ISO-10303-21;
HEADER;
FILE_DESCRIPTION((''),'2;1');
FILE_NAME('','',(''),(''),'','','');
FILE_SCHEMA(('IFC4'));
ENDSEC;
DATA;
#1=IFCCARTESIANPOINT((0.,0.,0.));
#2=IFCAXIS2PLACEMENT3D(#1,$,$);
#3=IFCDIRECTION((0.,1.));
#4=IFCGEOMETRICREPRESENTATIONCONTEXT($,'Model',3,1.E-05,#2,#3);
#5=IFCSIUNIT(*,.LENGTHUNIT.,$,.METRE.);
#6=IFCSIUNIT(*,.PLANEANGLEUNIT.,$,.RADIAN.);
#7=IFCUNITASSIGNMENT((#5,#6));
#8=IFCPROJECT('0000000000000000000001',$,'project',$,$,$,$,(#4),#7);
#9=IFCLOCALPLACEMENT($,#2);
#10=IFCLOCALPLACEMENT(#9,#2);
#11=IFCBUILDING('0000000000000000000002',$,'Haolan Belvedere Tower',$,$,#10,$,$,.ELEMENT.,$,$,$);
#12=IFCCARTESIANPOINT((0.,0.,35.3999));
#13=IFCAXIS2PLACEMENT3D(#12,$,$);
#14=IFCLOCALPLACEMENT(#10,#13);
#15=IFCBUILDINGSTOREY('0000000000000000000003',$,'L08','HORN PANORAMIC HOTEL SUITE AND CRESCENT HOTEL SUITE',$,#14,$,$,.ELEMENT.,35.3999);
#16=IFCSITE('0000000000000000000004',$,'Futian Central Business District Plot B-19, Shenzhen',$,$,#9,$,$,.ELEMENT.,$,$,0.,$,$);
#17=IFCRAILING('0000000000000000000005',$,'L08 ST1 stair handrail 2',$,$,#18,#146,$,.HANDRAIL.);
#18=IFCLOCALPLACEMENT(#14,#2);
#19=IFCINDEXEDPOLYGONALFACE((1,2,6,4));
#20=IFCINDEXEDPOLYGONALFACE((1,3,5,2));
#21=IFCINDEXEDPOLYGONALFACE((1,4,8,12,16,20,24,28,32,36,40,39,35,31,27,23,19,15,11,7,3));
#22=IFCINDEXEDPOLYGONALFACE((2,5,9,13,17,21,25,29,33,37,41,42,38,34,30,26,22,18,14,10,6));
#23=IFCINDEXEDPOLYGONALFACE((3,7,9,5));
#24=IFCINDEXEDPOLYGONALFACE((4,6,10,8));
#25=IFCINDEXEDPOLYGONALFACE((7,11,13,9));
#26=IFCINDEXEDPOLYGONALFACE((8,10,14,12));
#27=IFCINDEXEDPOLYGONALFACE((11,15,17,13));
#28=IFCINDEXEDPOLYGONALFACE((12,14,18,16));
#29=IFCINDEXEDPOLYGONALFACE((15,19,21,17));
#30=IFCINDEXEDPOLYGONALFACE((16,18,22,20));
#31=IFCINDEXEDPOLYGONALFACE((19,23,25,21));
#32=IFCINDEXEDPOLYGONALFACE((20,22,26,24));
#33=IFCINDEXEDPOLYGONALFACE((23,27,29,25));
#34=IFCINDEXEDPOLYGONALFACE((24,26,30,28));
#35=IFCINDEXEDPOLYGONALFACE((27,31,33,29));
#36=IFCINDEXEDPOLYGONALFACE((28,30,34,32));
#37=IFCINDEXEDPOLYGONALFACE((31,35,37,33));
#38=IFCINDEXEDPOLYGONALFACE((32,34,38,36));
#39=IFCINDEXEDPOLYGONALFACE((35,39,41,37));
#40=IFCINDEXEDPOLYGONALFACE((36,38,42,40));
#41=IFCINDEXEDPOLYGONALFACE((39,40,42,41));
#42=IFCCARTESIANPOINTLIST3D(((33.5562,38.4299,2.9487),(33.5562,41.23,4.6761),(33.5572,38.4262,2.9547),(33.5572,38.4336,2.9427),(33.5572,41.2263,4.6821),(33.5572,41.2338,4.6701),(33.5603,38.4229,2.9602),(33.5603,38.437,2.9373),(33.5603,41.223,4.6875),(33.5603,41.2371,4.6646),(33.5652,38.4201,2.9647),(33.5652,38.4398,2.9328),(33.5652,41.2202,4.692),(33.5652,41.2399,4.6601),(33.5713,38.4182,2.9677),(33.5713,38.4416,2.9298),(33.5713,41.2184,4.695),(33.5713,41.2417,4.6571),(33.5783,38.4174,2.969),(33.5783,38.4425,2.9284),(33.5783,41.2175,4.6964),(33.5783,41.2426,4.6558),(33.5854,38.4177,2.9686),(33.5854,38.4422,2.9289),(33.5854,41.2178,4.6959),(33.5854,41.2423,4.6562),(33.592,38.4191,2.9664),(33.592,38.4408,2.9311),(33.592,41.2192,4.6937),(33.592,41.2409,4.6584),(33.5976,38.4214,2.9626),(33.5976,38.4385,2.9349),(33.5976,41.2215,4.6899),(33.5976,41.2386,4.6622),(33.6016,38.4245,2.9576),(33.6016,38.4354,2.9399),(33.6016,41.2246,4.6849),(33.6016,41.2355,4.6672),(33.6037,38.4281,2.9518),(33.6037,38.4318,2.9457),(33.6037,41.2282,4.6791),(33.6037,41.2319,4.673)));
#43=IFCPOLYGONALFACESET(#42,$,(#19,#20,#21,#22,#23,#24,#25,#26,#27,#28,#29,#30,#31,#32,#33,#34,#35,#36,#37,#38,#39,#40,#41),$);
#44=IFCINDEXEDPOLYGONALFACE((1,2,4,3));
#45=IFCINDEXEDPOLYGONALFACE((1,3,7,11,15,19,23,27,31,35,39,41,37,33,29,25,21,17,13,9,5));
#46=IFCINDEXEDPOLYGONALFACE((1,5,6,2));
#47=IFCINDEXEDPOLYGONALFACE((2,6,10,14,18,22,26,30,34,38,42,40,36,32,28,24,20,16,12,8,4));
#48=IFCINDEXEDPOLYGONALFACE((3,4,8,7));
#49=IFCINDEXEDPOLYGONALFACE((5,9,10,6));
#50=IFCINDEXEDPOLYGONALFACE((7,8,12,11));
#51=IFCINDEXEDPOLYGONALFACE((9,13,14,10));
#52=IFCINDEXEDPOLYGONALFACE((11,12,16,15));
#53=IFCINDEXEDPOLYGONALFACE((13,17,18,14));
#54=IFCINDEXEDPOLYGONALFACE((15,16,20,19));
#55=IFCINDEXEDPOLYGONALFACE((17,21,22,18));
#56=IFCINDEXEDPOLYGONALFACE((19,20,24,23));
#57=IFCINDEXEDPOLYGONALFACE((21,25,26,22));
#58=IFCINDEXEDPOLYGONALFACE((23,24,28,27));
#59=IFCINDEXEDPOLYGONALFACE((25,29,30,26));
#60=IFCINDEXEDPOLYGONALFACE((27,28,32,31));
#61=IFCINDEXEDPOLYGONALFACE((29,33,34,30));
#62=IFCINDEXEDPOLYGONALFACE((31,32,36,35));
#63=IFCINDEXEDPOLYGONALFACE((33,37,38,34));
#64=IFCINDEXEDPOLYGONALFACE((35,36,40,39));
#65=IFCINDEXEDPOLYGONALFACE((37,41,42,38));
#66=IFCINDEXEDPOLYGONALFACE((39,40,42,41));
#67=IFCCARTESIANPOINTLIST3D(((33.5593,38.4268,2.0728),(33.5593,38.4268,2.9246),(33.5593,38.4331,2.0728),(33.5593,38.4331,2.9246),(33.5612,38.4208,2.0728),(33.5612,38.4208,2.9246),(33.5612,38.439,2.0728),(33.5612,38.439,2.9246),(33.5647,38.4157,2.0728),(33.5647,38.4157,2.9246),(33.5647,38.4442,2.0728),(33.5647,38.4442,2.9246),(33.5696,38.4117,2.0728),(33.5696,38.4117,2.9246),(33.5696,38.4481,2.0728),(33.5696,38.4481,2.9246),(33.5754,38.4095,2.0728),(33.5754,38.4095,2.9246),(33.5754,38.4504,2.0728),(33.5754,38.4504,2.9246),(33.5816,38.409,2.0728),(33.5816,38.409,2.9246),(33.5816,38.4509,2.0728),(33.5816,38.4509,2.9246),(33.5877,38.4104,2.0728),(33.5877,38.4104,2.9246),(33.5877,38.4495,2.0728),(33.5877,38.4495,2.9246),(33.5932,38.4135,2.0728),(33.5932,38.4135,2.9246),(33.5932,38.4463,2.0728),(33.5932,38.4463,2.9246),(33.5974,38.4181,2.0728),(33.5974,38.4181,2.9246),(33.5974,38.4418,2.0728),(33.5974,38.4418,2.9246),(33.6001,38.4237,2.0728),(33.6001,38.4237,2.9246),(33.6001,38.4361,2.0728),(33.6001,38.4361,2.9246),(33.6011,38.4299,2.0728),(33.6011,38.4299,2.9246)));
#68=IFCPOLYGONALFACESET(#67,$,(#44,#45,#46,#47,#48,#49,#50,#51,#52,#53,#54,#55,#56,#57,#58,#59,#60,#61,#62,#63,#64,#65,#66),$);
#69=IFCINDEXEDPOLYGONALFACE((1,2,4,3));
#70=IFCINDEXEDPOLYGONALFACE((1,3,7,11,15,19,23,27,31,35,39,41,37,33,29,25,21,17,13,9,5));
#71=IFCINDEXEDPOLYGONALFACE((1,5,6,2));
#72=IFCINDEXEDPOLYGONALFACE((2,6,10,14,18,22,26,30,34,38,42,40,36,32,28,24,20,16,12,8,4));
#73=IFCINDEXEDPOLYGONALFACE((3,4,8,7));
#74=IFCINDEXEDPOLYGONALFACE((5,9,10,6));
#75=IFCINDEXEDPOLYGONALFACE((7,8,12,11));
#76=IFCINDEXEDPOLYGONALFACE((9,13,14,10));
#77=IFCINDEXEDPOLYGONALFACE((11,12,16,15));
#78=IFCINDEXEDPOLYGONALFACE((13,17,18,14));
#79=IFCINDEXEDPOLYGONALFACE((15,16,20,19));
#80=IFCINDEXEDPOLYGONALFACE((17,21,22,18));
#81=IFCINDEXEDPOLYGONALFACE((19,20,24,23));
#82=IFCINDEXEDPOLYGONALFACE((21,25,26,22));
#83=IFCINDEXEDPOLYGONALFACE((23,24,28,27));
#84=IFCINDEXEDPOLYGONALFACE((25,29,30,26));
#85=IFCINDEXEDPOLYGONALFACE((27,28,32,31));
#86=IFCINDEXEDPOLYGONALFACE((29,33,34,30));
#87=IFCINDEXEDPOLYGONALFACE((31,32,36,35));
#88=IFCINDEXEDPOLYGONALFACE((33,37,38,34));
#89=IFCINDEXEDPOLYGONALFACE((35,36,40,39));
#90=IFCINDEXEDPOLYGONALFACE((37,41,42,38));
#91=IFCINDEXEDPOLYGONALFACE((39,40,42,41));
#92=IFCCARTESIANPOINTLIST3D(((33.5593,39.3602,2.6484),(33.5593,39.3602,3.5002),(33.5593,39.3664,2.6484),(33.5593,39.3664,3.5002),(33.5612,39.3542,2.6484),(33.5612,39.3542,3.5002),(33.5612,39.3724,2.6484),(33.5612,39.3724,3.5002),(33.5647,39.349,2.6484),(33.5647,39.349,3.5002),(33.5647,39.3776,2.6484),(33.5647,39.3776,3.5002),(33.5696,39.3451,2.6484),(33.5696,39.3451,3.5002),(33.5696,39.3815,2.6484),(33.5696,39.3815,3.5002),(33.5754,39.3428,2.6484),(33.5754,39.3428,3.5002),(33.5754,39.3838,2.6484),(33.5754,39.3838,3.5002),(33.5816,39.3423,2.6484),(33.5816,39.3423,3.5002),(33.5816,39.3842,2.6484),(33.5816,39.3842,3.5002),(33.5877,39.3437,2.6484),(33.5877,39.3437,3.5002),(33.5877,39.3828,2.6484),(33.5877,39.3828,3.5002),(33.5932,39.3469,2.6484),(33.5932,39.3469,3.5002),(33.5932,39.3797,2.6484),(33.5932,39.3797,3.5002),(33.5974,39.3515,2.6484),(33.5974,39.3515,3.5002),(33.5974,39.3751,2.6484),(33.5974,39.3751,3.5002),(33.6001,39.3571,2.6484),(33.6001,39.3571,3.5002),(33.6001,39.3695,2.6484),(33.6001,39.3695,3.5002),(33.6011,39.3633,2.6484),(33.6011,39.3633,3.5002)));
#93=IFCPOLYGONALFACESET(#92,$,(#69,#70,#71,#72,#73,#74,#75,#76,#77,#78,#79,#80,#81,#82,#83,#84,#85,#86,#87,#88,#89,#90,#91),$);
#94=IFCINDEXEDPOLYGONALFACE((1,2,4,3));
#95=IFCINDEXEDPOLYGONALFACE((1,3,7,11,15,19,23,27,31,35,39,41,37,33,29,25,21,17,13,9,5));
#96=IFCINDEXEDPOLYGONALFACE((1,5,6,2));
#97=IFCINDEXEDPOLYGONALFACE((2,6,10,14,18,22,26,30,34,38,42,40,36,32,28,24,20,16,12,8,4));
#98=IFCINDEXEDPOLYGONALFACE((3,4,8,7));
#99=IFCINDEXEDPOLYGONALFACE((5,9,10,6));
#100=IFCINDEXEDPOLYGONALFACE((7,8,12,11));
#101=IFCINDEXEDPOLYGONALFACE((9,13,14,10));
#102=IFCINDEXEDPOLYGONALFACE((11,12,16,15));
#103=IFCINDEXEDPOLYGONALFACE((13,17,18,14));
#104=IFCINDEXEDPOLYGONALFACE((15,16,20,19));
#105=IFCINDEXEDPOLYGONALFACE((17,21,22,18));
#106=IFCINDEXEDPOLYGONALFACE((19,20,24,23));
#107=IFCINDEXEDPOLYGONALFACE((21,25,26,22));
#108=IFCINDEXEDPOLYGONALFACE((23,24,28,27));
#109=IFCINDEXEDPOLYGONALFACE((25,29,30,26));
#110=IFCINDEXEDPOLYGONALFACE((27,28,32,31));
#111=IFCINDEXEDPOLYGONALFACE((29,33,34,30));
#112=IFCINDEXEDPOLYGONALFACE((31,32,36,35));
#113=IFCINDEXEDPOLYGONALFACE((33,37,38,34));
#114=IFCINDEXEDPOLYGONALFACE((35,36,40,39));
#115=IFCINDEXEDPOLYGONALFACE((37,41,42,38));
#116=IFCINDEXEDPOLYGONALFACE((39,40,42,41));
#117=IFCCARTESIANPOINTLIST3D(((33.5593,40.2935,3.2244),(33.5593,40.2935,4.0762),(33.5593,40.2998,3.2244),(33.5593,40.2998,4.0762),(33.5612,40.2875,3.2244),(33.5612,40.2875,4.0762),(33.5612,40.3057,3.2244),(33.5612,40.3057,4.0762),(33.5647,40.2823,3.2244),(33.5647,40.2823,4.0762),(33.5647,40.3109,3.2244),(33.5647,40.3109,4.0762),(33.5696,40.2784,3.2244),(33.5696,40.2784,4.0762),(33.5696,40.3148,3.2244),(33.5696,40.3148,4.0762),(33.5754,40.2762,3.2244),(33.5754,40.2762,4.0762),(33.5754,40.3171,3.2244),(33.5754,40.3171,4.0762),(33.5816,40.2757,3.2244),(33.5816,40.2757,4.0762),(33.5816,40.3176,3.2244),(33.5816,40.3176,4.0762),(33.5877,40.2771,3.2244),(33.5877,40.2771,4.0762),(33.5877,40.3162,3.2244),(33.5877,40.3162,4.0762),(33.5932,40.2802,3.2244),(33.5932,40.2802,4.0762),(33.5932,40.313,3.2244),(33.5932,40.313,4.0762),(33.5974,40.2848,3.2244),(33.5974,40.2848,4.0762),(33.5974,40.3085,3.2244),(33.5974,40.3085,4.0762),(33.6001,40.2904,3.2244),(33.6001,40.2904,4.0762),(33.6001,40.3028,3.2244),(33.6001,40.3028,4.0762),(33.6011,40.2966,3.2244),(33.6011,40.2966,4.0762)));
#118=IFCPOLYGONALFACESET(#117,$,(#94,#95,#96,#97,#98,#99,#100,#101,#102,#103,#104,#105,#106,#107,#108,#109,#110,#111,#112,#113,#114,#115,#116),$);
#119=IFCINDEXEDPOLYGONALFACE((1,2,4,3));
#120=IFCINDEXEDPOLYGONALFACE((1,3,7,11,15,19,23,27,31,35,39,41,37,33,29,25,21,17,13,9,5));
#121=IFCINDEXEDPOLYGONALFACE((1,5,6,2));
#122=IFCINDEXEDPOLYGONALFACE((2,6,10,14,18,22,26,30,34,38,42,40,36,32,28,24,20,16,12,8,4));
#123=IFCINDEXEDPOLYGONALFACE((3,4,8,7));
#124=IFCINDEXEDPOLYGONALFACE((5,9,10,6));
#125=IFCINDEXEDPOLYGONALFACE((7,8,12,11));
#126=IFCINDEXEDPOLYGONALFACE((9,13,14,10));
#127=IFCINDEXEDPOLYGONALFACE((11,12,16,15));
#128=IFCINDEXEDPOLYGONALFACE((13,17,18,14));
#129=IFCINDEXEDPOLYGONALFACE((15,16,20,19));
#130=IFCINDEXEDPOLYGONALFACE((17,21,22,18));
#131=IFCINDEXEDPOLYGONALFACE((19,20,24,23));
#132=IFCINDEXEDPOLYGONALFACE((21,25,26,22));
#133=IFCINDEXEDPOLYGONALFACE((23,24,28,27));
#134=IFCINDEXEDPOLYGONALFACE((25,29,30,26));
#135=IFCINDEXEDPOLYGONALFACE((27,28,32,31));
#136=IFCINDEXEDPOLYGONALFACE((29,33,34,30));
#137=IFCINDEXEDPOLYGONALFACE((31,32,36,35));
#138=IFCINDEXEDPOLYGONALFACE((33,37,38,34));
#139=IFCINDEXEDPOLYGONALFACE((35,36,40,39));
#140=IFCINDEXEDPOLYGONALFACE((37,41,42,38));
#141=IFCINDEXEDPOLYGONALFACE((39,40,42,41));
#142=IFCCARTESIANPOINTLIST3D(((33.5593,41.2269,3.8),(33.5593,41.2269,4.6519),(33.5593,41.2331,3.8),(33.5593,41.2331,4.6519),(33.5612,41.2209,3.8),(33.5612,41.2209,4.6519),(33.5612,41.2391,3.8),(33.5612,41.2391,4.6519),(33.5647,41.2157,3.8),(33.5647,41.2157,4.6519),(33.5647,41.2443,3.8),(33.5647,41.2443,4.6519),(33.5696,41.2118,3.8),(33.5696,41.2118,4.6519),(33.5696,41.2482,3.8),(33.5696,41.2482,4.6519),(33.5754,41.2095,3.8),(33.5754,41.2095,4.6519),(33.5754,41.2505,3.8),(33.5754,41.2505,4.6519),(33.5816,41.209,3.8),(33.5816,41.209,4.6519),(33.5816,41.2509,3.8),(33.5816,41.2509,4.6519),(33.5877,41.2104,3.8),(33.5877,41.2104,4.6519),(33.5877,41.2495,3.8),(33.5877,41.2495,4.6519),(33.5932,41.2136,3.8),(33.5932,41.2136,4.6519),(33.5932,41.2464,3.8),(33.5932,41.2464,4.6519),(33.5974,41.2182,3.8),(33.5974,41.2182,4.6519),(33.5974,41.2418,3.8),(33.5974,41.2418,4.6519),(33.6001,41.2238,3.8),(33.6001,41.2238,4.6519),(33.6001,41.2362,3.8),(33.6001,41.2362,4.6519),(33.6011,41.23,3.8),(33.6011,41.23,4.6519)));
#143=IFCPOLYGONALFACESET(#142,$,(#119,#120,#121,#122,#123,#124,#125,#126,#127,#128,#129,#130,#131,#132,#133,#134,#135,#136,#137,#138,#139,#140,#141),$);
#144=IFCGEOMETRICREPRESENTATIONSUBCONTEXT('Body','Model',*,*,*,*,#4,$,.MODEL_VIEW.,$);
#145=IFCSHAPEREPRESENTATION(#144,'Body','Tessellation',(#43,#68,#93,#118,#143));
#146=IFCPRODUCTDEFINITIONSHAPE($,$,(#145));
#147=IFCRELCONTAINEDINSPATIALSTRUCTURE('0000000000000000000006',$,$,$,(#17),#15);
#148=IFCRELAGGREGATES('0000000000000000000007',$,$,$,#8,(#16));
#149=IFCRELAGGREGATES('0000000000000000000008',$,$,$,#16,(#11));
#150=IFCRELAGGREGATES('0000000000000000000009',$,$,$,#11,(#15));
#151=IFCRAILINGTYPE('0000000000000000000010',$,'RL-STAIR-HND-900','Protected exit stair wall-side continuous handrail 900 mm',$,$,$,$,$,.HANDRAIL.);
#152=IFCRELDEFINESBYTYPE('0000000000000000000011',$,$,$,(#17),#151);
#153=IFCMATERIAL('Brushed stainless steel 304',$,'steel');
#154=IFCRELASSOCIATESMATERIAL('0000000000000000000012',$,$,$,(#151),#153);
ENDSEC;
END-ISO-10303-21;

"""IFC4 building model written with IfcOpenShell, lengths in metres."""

from ifc_helpers import new_model, si_unit, direction, frame, origin, origin_2d, place, context, subcontext, project, spatial, circle, extrude, material, type_object, element, save


model = new_model("IFC4")

# Units and contexts
model_context = context("Model", 3, precision=1e-05, world=origin(), true_north=direction((0.0, 1.0)))
body_context = subcontext(model_context, "Body", "Model", "MODEL_VIEW")
ifc_project = project(units=[si_unit("LENGTHUNIT", "METRE"), si_unit("PLANEANGLEUNIT", "RADIAN")], contexts=[model_context])

# Site, building, storey
site_placement = place(None, origin())
site = spatial("IfcSite", under=ifc_project, at=site_placement, Name="Futian Central Business District Plot B-19, Shenzhen", CompositionType="ELEMENT", RefElevation=0.0)
building_placement = place(site_placement, origin())
building = spatial("IfcBuilding", under=site, at=building_placement, Name="Haolan Belvedere Tower", CompositionType="ELEMENT")
storey_placement = place(building_placement, frame((0.0, 0.0, 35.3999)))
storey = spatial("IfcBuildingStorey", under=building, at=storey_placement, Name="L08", Description="HORN PANORAMIC HOTEL SUITE AND CRESCENT HOTEL SUITE", CompositionType="ELEMENT", Elevation=35.3999)

# Railing
ifc_material_1 = material(Name="Brushed stainless steel 304", Category="steel")
railing_type_1 = type_object("IfcRailingType", Name="RL-STAIR-HND-900", Description="Protected exit stair wall-side continuous handrail 900 mm", PredefinedType="HANDRAIL", material=ifc_material_1)
railing_1_placement = place(storey_placement, frame((33.5801, 38.4299, 2.0728)))
element("IfcRailing", 1, at=railing_1_placement, inside=storey, type_object=railing_type_1, Name="L08 ST1 stair handrail 2", PredefinedType="HANDRAIL", context=body_context, shape_type="SweptSolid", body=[
    extrude(circle(Radius=0.0239, at=origin_2d()), frame((0.0, 0.0, 0.876), z_axis=(0.0, 0.85109, 0.52502), x_axis=(-1.0, 0.0, 0.0)), (0.0, 0.0, 1.0), 3.29),
    extrude(circle(Radius=0.021, at=origin_2d()), origin(), (0.0, 0.0, 1.0), 0.8518),
    extrude(circle(Radius=0.021, at=origin_2d()), frame((0.0, 0.9333, 0.5757)), (0.0, 0.0, 1.0), 0.8518),
    extrude(circle(Radius=0.021, at=origin_2d()), frame((0.0, 1.8667, 1.1516)), (0.0, 0.0, 1.0), 0.8518),
    extrude(circle(Radius=0.021, at=origin_2d()), frame((0.0, 2.8, 1.7273)), (0.0, 0.0, 1.0), 0.8518),
])

save(model, "model.ifc")
